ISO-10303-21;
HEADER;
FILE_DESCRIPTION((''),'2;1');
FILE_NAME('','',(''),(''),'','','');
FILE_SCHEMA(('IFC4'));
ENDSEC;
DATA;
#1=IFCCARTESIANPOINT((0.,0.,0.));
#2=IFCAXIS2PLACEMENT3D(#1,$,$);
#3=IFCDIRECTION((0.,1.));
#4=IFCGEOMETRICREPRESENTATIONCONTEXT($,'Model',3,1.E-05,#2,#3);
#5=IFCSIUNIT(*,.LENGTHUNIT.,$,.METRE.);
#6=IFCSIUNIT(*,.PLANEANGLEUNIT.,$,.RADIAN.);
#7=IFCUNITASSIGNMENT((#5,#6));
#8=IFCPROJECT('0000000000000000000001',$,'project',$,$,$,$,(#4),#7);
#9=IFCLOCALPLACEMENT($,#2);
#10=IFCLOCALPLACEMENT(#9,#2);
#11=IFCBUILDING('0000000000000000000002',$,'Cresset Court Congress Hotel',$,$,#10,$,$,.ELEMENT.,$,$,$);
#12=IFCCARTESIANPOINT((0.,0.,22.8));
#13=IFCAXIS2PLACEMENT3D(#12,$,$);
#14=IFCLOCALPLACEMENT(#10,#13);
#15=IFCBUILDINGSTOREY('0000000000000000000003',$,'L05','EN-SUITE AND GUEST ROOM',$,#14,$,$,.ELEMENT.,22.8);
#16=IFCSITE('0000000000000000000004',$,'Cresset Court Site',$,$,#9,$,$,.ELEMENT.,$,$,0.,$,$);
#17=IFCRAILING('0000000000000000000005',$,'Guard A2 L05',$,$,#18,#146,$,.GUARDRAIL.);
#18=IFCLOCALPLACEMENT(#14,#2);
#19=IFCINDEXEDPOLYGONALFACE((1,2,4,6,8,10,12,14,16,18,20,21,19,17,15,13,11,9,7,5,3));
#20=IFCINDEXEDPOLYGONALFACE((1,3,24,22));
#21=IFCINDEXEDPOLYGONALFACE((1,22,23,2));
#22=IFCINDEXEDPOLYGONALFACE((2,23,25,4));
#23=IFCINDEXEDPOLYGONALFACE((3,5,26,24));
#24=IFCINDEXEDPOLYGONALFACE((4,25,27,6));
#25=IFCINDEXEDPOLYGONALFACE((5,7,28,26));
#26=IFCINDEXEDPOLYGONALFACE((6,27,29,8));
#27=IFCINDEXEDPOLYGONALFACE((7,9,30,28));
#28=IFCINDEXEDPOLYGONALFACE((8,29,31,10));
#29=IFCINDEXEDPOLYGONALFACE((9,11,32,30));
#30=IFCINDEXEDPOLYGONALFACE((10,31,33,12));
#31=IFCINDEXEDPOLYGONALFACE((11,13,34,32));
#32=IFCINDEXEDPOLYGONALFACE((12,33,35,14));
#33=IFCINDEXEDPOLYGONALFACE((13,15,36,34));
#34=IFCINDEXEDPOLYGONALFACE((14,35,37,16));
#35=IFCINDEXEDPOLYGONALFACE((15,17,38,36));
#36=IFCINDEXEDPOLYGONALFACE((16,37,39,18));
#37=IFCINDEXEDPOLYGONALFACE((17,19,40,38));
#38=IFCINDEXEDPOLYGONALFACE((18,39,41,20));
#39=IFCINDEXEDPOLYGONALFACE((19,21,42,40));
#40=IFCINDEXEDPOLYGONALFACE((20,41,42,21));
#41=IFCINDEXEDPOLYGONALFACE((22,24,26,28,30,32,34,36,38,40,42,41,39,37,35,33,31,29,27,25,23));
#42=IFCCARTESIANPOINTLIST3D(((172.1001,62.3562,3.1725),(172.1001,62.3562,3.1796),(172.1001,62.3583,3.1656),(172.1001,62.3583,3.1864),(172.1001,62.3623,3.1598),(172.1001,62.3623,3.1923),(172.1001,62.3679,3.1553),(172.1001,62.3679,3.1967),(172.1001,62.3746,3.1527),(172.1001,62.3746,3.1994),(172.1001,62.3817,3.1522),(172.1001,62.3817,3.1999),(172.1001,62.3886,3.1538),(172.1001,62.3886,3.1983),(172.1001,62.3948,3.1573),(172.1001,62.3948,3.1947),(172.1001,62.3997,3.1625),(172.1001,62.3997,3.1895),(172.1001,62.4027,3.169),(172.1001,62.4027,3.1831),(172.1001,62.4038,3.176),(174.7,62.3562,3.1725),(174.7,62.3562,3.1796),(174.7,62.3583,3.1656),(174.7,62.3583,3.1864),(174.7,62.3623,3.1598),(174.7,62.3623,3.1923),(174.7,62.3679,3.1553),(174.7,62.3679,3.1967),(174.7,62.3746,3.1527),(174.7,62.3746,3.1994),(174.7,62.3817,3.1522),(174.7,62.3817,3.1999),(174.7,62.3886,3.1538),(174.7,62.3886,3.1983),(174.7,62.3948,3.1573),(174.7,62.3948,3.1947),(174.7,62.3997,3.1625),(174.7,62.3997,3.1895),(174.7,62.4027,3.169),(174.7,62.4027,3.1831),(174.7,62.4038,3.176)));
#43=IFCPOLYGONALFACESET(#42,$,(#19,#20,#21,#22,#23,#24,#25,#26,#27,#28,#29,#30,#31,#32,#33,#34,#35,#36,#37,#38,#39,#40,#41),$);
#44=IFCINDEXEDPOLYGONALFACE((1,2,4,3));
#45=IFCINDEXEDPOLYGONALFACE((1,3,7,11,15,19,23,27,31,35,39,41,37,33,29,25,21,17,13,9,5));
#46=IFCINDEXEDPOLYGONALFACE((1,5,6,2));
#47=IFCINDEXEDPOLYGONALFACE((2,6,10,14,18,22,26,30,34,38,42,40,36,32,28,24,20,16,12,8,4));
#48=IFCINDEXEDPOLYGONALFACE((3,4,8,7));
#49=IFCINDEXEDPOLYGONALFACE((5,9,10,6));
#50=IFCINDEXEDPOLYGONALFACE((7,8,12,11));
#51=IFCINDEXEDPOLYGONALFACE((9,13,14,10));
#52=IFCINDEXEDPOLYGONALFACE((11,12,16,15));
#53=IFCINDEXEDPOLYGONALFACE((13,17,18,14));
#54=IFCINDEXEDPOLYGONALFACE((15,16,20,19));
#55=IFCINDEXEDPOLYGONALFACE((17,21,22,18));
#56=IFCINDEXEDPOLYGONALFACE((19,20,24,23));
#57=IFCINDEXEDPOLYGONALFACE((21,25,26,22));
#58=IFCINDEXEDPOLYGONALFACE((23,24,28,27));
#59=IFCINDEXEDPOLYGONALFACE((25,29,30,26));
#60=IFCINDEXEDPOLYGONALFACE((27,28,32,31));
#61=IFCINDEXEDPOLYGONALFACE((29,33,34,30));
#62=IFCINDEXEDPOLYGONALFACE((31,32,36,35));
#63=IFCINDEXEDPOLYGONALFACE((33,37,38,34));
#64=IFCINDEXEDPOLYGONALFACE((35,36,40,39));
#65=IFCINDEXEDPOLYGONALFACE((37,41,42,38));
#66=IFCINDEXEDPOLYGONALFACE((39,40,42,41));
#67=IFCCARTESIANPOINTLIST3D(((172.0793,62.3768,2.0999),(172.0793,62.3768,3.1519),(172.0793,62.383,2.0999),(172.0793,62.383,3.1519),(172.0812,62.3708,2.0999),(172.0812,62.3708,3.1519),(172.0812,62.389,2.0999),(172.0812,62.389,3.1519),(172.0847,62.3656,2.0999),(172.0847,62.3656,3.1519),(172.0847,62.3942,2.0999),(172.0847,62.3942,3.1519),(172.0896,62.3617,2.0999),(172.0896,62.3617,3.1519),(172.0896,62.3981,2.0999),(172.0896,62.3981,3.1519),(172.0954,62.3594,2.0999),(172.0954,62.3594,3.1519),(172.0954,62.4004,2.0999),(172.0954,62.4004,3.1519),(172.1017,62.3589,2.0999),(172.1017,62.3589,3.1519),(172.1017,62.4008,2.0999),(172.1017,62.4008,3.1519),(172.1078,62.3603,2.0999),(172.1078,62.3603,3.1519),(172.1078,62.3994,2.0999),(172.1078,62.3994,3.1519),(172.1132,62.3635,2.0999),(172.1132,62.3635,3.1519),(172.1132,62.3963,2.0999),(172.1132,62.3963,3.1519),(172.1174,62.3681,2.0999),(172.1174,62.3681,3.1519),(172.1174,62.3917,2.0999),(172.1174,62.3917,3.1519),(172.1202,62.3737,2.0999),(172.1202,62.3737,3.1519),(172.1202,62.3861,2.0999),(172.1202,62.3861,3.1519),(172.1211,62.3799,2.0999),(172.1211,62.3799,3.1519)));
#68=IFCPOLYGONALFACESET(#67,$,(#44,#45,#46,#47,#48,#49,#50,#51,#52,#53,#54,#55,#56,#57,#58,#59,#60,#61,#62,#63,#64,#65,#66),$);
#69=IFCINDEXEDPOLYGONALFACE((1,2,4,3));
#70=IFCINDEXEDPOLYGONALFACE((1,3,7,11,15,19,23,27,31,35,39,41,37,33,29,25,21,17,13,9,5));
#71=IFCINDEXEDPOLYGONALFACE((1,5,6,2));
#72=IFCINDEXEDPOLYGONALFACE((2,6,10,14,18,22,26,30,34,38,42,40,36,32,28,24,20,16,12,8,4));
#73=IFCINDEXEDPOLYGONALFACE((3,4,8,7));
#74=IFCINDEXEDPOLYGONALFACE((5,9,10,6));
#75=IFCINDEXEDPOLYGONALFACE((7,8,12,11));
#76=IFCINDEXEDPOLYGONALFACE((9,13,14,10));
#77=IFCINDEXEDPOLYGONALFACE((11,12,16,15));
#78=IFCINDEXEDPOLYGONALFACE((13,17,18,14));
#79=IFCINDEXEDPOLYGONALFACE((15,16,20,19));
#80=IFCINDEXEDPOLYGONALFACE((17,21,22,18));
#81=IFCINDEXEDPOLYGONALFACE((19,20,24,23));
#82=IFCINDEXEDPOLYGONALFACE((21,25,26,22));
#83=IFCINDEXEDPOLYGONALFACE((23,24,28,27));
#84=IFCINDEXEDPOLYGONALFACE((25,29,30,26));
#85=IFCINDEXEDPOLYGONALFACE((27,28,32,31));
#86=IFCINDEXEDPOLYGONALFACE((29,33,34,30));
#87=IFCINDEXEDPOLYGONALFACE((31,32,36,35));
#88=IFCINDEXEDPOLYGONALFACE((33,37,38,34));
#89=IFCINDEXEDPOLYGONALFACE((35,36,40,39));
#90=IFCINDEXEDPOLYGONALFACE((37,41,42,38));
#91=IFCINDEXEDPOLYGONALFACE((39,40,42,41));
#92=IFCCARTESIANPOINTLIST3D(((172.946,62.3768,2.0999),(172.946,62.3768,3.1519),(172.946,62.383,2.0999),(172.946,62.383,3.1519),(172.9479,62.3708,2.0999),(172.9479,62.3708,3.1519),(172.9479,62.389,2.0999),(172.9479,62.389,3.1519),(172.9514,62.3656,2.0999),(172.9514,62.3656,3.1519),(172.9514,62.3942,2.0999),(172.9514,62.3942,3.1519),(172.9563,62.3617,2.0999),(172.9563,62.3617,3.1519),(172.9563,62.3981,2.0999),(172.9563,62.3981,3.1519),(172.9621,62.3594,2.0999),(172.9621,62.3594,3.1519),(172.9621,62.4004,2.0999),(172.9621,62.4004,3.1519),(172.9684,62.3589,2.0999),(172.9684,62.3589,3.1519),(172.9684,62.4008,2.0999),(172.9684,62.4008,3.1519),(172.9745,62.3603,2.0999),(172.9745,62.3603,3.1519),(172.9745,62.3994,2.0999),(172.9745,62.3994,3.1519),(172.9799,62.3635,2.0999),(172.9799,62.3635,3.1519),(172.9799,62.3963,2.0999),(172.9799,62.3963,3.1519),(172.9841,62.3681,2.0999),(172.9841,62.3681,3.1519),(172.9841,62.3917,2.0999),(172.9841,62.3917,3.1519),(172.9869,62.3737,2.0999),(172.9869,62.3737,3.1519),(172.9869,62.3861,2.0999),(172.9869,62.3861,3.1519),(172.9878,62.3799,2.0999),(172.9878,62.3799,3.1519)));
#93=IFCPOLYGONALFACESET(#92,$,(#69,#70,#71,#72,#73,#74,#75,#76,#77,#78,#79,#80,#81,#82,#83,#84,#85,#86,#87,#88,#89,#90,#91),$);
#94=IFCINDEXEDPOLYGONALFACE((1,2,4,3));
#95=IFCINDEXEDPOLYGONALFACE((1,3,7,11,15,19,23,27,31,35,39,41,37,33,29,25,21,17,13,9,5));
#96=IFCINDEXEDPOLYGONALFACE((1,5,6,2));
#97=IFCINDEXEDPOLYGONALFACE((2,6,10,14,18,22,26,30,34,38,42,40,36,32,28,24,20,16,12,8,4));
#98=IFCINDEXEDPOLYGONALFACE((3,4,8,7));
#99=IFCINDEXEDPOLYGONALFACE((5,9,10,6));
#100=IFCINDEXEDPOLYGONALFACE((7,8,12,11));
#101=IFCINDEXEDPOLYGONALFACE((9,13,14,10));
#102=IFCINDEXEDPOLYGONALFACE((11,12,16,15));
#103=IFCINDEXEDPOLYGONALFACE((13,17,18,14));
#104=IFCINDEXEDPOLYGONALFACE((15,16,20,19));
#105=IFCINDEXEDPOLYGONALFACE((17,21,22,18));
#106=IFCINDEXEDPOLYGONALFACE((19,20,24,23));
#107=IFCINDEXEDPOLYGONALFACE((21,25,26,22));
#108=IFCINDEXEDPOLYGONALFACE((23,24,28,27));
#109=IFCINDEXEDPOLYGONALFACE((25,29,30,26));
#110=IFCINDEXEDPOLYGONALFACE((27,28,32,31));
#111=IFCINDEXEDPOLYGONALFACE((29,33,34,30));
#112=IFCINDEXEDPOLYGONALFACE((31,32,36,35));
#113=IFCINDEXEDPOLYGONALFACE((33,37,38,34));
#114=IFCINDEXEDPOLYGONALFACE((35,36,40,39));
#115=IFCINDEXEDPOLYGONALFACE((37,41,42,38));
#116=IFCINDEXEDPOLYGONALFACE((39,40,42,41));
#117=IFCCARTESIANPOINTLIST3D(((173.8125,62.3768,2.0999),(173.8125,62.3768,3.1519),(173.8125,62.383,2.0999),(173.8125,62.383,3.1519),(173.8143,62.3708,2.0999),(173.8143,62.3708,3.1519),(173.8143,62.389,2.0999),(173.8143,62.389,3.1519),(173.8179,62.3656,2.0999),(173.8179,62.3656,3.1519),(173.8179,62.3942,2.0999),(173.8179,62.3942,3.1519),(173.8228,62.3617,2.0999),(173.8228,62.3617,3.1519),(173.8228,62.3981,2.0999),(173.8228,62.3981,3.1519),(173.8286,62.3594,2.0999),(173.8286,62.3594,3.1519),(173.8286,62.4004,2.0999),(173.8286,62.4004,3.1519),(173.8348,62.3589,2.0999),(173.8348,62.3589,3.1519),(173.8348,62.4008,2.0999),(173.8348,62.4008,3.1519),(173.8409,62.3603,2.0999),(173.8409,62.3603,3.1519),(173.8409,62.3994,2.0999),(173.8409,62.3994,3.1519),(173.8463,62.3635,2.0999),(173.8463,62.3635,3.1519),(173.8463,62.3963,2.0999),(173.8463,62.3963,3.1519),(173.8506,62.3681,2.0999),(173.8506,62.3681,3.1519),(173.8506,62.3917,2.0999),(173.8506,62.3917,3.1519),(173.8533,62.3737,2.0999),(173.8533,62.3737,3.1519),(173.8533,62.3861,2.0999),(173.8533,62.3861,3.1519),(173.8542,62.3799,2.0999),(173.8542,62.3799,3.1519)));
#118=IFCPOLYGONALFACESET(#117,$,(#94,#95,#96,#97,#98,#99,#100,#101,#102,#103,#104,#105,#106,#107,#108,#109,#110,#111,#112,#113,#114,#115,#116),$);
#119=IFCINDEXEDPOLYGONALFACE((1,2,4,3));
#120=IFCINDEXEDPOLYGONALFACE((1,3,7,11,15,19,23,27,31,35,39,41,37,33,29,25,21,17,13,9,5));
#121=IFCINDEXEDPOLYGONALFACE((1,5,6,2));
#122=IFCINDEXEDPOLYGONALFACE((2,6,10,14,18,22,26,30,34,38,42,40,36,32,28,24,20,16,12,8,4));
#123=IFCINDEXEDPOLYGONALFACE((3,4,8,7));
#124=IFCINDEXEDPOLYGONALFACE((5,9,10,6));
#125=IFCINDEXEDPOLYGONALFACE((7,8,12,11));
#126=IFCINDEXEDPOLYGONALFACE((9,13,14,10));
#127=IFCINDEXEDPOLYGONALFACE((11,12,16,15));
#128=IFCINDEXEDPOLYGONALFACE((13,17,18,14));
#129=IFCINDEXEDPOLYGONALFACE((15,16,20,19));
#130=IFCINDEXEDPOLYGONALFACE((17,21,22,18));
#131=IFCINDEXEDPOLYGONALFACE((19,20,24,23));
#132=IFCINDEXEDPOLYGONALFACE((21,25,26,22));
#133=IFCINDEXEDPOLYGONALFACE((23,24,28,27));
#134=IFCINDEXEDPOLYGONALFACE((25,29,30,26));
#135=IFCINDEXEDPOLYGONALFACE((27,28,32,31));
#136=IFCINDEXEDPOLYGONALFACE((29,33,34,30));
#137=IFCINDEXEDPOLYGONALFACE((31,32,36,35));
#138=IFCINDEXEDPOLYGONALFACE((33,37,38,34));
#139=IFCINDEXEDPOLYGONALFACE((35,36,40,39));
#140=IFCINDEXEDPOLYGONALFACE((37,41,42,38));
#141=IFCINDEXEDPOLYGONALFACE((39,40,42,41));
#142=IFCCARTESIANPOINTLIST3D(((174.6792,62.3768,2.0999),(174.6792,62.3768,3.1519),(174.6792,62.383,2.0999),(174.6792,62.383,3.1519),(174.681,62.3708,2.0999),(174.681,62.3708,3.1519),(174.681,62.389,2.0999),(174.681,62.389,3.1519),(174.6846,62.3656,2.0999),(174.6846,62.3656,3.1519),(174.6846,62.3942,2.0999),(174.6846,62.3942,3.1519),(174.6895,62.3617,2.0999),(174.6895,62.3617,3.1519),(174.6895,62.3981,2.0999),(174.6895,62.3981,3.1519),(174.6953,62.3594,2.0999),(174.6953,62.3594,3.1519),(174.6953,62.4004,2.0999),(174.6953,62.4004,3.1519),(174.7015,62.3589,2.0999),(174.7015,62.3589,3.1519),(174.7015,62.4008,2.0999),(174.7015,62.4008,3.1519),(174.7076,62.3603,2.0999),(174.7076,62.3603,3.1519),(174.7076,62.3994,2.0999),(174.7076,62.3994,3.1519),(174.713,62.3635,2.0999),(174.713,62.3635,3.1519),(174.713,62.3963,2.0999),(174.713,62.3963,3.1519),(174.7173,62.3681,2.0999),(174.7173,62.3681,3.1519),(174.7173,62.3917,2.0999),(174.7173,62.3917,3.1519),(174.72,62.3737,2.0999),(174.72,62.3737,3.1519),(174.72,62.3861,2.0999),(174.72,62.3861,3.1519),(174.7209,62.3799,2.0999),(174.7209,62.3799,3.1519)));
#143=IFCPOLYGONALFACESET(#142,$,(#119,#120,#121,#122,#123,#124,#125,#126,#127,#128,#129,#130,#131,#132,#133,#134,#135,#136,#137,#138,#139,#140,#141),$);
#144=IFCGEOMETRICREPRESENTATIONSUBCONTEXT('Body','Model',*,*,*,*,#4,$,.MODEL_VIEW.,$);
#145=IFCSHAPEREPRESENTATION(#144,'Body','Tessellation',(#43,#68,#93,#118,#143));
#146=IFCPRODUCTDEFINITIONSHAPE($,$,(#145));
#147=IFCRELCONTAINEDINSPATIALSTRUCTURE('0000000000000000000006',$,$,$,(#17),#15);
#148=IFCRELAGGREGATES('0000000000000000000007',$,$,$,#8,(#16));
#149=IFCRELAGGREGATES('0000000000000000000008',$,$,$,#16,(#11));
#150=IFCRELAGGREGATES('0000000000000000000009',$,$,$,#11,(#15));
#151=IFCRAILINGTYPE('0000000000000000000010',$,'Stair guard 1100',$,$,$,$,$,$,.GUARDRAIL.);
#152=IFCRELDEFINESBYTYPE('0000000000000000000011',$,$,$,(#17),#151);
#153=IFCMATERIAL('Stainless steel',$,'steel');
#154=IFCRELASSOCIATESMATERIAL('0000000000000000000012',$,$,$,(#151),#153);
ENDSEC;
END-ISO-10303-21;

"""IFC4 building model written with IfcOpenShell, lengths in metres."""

from ifc_helpers import new_model, si_unit, direction, frame, origin, origin_2d, place, context, subcontext, project, spatial, circle, extrude, material, type_object, element, save


model = new_model("IFC4")

# Units and contexts
model_context = context("Model", 3, precision=1e-05, world=origin(), true_north=direction((0.0, 1.0)))
body_context = subcontext(model_context, "Body", "Model", "MODEL_VIEW")
ifc_project = project(units=[si_unit("LENGTHUNIT", "METRE"), si_unit("PLANEANGLEUNIT", "RADIAN")], contexts=[model_context])

# Site, building, storey
site_placement = place(None, origin())
site = spatial("IfcSite", under=ifc_project, at=site_placement, Name="Cresset Court Site", CompositionType="ELEMENT", RefElevation=0.0)
building_placement = place(site_placement, origin())
building = spatial("IfcBuilding", under=site, at=building_placement, Name="Cresset Court Congress Hotel", CompositionType="ELEMENT")
storey_placement = place(building_placement, frame((0.0, 0.0, 22.8)))
storey = spatial("IfcBuildingStorey", under=building, at=storey_placement, Name="L05", Description="EN-SUITE AND GUEST ROOM", CompositionType="ELEMENT", Elevation=22.8)

# Railing
ifc_material_1 = material(Name="Stainless steel", Category="steel")
railing_type_1 = type_object("IfcRailingType", Name="Stair guard 1100", PredefinedType="GUARDRAIL", material=ifc_material_1)
for number, where, name in (
    (1, (172.1001, 62.3799, 2.0999), "Guard A2 L05"),
):
    element("IfcRailing", number, at=place(storey_placement, frame(where)), inside=storey, type_object=railing_type_1, Name=name, PredefinedType="GUARDRAIL", context=body_context, shape_type="SweptSolid", body=[
        extrude(circle(Radius=0.0239, at=origin_2d()), frame((0.0, 0.0, 1.0762), z_axis=(1.0, 0.0, 0.0), x_axis=(0.0, 1.0, 0.0)), (0.0, 0.0, 1.0), 2.5999),
        extrude(circle(Radius=0.021, at=origin_2d()), origin(), (0.0, 0.0, 1.0), 1.052),
        extrude(circle(Radius=0.021, at=origin_2d()), frame((0.8667, 0.0, 0.0)), (0.0, 0.0, 1.0), 1.052),
        extrude(circle(Radius=0.021, at=origin_2d()), frame((1.7332, 0.0, 0.0)), (0.0, 0.0, 1.0), 1.052),
        extrude(circle(Radius=0.021, at=origin_2d()), frame((2.5999, 0.0, 0.0)), (0.0, 0.0, 1.0), 1.052),
    ])

save(model, "model.ifc")
